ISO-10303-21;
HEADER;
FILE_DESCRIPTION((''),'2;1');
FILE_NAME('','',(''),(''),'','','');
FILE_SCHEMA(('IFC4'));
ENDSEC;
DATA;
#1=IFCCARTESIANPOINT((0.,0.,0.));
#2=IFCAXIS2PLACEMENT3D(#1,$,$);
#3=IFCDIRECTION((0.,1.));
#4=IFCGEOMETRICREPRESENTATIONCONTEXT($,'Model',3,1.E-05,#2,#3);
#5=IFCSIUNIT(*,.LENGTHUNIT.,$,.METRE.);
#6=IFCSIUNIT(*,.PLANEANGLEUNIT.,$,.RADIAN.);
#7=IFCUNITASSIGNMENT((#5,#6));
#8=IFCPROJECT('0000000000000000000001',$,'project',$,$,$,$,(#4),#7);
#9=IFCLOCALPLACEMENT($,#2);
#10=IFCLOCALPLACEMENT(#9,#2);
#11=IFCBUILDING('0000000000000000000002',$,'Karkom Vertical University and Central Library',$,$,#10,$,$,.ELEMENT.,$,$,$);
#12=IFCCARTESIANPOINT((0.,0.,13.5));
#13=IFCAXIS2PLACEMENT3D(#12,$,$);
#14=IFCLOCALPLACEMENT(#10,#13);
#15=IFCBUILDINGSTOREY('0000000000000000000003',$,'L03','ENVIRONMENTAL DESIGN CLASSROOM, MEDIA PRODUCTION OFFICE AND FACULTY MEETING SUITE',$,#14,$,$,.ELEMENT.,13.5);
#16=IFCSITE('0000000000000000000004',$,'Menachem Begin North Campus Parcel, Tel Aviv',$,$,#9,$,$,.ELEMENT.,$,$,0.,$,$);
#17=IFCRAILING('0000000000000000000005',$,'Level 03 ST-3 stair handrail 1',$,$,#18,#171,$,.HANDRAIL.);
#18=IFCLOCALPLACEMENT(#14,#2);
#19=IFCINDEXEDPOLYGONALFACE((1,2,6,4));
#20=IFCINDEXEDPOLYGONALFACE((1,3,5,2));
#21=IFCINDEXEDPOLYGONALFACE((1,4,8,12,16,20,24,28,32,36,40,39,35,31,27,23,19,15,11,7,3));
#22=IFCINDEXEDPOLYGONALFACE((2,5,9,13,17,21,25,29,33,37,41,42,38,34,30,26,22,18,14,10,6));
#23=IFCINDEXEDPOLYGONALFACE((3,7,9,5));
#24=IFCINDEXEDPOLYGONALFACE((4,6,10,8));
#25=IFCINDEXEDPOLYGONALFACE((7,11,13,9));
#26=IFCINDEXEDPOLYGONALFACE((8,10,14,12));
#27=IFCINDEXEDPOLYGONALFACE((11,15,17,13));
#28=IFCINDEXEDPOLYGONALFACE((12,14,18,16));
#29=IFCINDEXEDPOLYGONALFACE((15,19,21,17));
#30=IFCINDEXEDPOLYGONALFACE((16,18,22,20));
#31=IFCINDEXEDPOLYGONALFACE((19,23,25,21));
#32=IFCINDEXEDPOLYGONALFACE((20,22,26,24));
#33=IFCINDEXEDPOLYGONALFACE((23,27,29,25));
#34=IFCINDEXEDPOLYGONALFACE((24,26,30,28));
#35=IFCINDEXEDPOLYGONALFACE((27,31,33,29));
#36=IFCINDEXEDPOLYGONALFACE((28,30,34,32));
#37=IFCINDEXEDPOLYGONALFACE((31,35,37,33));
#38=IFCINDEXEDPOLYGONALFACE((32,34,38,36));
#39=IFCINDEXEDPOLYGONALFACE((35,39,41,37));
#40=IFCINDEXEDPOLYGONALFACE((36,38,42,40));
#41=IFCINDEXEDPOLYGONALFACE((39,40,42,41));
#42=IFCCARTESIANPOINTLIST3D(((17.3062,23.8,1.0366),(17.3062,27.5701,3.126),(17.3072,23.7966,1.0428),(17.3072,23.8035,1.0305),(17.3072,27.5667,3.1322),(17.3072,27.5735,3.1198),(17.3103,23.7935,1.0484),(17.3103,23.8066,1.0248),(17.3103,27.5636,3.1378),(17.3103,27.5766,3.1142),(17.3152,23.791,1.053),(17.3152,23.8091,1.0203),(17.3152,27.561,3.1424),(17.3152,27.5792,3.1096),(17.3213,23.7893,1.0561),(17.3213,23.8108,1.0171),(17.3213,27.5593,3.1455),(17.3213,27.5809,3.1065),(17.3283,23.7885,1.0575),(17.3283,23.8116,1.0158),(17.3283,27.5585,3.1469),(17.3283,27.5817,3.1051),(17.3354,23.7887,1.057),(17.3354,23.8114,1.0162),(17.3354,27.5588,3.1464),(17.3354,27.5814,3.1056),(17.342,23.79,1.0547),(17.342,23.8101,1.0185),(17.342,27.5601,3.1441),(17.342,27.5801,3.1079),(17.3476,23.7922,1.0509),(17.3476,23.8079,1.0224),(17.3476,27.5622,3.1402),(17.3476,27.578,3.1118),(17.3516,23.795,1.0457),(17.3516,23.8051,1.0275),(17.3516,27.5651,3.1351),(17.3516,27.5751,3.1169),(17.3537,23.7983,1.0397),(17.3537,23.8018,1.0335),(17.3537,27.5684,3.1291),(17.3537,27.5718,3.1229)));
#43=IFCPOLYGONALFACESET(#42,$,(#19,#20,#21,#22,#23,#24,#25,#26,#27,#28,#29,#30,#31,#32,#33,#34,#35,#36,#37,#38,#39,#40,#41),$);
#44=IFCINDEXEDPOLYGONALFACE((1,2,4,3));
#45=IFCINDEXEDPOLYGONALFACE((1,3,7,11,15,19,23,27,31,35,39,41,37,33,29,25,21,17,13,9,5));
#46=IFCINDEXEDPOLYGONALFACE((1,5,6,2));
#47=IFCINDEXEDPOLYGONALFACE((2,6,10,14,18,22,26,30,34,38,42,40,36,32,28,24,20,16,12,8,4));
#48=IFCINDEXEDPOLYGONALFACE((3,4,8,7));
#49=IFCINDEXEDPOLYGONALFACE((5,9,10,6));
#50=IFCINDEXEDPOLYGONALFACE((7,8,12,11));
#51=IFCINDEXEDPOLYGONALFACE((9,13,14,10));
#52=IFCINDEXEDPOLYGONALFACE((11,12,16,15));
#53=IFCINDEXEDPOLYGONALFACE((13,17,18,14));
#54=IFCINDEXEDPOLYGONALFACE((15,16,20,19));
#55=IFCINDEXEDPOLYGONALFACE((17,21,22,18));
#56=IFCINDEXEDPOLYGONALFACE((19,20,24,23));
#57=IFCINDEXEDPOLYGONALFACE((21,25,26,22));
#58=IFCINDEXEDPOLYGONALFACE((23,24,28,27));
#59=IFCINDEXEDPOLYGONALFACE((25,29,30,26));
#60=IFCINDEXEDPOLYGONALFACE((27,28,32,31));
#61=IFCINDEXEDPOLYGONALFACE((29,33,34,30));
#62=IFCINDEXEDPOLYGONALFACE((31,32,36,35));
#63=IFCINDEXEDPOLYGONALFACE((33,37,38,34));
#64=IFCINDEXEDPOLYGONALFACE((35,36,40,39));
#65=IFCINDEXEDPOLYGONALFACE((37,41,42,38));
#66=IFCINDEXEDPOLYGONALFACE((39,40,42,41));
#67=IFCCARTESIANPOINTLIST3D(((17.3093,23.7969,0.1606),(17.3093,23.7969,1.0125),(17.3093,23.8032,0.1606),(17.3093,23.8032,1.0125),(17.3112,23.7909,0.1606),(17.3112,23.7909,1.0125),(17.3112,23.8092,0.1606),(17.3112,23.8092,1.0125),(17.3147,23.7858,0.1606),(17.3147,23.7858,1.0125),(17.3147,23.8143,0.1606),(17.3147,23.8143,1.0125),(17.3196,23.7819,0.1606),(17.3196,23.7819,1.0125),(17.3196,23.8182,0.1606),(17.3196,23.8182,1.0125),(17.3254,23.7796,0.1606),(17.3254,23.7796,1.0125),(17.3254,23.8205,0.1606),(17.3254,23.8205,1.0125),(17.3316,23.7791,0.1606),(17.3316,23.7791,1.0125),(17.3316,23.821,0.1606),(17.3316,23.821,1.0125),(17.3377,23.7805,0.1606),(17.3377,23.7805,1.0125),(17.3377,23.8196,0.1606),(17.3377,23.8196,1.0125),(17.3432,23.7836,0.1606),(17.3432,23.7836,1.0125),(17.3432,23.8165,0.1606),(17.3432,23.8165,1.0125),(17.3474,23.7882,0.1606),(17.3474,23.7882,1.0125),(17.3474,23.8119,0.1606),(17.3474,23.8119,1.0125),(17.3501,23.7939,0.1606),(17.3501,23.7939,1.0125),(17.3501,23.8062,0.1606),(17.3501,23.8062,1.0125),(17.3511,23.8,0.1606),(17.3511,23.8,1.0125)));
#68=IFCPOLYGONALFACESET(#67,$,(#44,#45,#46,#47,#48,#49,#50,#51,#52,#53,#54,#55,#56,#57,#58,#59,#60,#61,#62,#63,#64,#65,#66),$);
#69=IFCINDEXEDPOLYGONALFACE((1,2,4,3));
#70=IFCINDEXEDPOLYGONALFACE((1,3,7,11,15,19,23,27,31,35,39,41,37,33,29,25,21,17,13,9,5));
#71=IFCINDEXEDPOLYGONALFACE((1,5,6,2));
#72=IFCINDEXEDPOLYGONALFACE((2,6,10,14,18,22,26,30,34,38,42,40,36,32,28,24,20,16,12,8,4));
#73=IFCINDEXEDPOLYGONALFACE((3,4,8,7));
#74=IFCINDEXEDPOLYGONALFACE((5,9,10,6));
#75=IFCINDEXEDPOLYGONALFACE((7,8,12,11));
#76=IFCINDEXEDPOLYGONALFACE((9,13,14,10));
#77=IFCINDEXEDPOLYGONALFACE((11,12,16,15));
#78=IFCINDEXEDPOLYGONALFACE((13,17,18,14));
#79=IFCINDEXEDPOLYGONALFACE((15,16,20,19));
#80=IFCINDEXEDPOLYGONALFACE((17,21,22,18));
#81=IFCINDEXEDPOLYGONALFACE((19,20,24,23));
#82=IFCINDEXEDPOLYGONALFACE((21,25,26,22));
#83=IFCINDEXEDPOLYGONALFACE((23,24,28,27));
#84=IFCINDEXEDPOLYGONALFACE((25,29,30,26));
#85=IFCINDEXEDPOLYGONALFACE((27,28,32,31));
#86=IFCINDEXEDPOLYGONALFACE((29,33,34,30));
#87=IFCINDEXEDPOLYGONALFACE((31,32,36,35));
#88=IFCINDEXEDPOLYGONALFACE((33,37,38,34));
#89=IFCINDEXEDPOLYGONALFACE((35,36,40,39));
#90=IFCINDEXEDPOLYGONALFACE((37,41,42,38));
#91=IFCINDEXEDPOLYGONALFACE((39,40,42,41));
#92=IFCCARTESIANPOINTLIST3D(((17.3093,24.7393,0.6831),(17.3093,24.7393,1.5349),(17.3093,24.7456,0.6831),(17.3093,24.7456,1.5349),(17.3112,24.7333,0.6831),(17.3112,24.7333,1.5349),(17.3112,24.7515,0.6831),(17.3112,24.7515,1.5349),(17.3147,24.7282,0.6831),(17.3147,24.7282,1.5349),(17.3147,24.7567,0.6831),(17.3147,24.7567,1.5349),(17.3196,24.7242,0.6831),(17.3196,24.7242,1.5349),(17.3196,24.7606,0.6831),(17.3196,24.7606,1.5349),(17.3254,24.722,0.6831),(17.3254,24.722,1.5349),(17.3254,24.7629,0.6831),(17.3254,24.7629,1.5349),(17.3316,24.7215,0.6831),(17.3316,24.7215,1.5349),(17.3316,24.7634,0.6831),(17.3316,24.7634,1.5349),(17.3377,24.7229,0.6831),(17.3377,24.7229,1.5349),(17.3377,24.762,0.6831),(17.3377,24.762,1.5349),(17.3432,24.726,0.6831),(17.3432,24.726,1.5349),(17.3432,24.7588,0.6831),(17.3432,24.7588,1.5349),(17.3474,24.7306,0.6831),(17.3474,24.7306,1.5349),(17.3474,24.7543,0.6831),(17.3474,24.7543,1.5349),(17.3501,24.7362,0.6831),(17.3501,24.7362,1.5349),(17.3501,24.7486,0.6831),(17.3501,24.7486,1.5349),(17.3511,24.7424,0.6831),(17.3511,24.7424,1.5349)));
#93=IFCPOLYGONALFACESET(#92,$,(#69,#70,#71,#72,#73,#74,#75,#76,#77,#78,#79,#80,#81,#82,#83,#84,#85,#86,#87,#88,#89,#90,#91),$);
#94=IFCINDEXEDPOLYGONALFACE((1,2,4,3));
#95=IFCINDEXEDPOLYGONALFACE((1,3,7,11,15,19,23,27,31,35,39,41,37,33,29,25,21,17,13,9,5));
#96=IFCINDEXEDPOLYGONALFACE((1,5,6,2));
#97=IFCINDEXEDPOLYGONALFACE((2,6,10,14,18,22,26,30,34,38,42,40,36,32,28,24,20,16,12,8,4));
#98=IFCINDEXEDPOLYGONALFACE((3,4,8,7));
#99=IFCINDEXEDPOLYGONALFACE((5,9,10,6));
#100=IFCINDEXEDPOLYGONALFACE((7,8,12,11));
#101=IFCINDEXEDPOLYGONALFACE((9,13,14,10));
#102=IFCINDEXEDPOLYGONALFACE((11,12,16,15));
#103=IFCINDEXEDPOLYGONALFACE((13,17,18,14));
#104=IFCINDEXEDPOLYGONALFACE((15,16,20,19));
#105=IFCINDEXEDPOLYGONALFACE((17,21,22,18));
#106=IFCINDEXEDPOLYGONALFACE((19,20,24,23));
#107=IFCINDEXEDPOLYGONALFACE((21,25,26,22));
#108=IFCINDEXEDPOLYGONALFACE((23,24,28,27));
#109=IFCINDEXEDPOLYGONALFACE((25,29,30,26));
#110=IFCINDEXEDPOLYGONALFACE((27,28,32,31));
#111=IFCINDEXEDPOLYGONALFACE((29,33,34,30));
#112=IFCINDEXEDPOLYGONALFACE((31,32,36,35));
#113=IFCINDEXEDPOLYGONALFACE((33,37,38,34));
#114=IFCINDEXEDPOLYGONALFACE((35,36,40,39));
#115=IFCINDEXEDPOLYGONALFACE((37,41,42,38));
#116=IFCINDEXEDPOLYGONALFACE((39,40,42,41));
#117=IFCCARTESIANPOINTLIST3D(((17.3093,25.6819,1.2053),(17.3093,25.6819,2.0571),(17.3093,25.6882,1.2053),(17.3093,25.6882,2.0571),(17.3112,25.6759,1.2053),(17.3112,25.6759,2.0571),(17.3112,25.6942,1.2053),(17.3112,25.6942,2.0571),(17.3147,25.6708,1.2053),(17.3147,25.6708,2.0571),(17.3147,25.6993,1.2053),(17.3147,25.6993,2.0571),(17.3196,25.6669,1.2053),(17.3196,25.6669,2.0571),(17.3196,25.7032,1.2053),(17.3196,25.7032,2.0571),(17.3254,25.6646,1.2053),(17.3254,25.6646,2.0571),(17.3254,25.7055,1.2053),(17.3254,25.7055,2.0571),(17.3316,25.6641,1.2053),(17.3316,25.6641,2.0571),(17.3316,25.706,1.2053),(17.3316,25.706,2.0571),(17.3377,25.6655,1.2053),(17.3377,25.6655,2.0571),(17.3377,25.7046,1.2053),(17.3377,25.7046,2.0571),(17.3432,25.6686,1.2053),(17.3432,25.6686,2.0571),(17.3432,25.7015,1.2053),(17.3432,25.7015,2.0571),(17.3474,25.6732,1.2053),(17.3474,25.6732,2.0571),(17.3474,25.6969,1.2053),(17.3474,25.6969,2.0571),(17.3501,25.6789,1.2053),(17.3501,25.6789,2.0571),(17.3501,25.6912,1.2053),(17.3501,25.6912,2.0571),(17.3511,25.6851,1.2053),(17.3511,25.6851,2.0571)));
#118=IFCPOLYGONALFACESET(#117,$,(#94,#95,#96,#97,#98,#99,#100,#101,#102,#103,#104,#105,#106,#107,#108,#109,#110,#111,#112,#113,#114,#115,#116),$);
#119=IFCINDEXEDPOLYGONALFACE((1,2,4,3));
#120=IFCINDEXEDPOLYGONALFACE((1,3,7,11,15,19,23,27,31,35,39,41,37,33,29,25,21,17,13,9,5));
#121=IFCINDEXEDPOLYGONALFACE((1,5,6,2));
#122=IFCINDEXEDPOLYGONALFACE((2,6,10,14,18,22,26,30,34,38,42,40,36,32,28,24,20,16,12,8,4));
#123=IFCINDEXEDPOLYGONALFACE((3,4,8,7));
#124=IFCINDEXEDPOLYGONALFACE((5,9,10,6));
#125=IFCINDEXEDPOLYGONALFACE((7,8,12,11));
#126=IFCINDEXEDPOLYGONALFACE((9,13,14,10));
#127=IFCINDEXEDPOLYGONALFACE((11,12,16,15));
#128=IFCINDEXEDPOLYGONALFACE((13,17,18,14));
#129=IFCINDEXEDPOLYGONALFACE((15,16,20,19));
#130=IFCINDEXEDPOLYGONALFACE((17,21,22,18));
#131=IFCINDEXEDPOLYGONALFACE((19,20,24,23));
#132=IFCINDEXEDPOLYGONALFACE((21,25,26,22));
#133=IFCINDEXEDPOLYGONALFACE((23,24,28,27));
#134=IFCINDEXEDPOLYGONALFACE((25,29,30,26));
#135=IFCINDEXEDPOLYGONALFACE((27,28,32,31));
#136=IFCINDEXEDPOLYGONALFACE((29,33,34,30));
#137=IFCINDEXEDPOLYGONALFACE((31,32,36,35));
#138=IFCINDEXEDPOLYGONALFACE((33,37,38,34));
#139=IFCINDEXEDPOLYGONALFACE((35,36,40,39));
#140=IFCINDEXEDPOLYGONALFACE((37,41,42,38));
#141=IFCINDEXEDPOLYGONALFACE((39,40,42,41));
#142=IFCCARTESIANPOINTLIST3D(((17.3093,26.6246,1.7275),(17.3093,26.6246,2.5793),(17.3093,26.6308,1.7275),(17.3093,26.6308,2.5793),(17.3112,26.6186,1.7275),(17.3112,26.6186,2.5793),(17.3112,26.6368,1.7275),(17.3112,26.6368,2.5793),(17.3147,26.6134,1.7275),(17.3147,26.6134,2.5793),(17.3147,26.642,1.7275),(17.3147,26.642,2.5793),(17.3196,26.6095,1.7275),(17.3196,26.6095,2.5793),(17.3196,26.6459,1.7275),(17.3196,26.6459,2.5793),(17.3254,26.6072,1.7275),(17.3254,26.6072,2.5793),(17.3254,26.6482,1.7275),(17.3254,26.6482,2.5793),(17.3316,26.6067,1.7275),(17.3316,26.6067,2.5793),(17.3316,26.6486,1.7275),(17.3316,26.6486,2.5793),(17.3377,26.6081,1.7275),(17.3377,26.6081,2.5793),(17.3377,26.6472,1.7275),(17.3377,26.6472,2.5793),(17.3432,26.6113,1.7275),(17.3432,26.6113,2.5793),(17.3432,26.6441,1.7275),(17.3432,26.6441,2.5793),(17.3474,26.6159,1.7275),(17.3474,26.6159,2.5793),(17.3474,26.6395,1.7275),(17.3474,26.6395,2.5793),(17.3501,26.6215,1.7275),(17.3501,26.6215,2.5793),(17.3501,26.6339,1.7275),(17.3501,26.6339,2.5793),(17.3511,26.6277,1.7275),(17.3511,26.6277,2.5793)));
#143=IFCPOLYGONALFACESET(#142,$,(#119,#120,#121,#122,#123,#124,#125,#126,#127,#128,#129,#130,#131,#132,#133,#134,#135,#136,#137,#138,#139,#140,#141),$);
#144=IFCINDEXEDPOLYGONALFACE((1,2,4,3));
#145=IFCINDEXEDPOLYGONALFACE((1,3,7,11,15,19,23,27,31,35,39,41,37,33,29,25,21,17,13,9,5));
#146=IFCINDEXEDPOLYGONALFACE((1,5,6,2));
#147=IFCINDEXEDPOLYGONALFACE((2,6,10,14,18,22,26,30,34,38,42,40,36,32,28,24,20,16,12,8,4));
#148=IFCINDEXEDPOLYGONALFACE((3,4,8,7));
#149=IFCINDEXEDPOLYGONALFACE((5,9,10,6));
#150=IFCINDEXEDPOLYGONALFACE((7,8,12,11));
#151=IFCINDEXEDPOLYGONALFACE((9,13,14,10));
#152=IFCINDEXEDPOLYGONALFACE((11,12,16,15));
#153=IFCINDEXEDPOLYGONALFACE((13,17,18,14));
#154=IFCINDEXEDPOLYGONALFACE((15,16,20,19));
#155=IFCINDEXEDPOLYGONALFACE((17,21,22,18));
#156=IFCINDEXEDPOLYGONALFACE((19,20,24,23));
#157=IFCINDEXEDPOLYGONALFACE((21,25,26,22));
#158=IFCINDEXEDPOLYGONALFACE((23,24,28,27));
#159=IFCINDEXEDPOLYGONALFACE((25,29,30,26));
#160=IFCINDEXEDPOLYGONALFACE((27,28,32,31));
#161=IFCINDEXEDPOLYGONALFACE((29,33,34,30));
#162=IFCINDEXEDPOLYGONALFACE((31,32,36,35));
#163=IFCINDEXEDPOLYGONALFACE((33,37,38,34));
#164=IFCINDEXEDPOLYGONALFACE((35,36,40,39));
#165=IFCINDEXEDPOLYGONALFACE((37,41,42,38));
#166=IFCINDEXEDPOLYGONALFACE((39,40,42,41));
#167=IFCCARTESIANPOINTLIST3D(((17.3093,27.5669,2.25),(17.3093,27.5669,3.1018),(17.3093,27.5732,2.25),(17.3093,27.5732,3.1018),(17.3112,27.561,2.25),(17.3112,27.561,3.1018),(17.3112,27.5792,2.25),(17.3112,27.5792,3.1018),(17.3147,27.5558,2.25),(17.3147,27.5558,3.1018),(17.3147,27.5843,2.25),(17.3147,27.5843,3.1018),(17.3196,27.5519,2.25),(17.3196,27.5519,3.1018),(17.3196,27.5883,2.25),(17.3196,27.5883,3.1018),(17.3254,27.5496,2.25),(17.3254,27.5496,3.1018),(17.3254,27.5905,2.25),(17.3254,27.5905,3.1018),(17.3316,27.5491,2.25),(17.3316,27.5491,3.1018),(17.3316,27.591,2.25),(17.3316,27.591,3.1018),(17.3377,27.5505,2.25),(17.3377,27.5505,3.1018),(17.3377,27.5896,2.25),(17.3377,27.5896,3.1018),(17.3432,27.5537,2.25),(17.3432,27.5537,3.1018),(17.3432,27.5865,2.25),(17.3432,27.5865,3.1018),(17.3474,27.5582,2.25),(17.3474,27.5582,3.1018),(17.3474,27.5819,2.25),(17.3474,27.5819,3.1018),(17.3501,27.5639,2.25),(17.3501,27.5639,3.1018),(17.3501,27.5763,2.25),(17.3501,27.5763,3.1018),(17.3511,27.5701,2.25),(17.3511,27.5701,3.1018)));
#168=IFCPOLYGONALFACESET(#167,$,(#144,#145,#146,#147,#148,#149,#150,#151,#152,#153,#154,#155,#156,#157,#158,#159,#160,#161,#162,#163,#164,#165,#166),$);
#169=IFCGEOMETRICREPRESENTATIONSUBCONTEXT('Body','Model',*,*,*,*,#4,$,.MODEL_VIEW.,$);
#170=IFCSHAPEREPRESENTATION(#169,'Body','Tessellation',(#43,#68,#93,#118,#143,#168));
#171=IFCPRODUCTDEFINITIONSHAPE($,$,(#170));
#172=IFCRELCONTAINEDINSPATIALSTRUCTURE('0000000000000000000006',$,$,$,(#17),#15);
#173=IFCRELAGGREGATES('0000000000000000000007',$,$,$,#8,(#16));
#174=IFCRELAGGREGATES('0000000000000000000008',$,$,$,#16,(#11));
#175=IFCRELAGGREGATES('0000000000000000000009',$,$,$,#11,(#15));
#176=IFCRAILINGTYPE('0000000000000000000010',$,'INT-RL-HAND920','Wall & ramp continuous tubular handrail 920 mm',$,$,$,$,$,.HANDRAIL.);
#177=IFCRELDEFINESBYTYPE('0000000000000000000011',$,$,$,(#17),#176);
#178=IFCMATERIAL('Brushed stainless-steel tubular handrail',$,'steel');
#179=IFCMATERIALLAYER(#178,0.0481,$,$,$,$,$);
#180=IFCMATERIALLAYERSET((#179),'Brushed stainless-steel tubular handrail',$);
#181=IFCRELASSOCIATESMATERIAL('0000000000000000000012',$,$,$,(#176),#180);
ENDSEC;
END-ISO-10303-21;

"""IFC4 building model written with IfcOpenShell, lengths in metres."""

from ifc_helpers import new_model, si_unit, direction, frame, origin, origin_2d, place, context, subcontext, project, spatial, circle, extrude, material, layer, layer_set, type_object, element, save


model = new_model("IFC4")

# Units and contexts
model_context = context("Model", 3, precision=1e-05, world=origin(), true_north=direction((0.0, 1.0)))
body_context = subcontext(model_context, "Body", "Model", "MODEL_VIEW")
ifc_project = project(units=[si_unit("LENGTHUNIT", "METRE"), si_unit("PLANEANGLEUNIT", "RADIAN")], contexts=[model_context])

# Site, building, storey
site_placement = place(None, origin())
site = spatial("IfcSite", under=ifc_project, at=site_placement, Name="Menachem Begin North Campus Parcel, Tel Aviv", CompositionType="ELEMENT", RefElevation=0.0)
building_placement = place(site_placement, origin())
building = spatial("IfcBuilding", under=site, at=building_placement, Name="Karkom Vertical University and Central Library", CompositionType="ELEMENT")
storey_placement = place(building_placement, frame((0.0, 0.0, 13.5)))
storey = spatial("IfcBuildingStorey", under=building, at=storey_placement, Name="L03", Description="ENVIRONMENTAL DESIGN CLASSROOM, MEDIA PRODUCTION OFFICE AND FACULTY MEETING SUITE", CompositionType="ELEMENT", Elevation=13.5)

# Railing
ifc_material_1 = material(Name="Brushed stainless-steel tubular handrail", Category="steel")
ifc_layer_1 = layer(ifc_material_1, 0.0481)
ifc_layer_set_1 = layer_set([ifc_layer_1], Name="Brushed stainless-steel tubular handrail")
railing_type_1 = type_object("IfcRailingType", Name="INT-RL-HAND920", Description="Wall & ramp continuous tubular handrail 920 mm", PredefinedType="HANDRAIL", material=ifc_layer_set_1)
railing_1_placement = place(storey_placement, frame((17.3301, 23.8, 0.1606)))
element("IfcRailing", 1, at=railing_1_placement, inside=storey, type_object=railing_type_1, Name="Level 03 ST-3 stair handrail 1", PredefinedType="HANDRAIL", context=body_context, shape_type="SweptSolid", body=[
    extrude(circle(Radius=0.0239, at=origin_2d()), frame((0.0, 0.0, 0.876), z_axis=(0.0, 0.874659, 0.484739), x_axis=(-1.0, 0.0, 0.0)), (0.0, 0.0, 1.0), 4.3103),
    extrude(circle(Radius=0.021, at=origin_2d()), origin(), (0.0, 0.0, 1.0), 0.8518),
    extrude(circle(Radius=0.021, at=origin_2d()), frame((0.0, 0.9424, 0.5225)), (0.0, 0.0, 1.0), 0.8518),
    extrude(circle(Radius=0.021, at=origin_2d()), frame((0.0, 1.885, 1.0447)), (0.0, 0.0, 1.0), 0.8518),
    extrude(circle(Radius=0.021, at=origin_2d()), frame((0.0, 2.8276, 1.5669)), (0.0, 0.0, 1.0), 0.8518),
    extrude(circle(Radius=0.021, at=origin_2d()), frame((0.0, 3.77, 2.0894)), (0.0, 0.0, 1.0), 0.8518),
])

save(model, "model.ifc")
